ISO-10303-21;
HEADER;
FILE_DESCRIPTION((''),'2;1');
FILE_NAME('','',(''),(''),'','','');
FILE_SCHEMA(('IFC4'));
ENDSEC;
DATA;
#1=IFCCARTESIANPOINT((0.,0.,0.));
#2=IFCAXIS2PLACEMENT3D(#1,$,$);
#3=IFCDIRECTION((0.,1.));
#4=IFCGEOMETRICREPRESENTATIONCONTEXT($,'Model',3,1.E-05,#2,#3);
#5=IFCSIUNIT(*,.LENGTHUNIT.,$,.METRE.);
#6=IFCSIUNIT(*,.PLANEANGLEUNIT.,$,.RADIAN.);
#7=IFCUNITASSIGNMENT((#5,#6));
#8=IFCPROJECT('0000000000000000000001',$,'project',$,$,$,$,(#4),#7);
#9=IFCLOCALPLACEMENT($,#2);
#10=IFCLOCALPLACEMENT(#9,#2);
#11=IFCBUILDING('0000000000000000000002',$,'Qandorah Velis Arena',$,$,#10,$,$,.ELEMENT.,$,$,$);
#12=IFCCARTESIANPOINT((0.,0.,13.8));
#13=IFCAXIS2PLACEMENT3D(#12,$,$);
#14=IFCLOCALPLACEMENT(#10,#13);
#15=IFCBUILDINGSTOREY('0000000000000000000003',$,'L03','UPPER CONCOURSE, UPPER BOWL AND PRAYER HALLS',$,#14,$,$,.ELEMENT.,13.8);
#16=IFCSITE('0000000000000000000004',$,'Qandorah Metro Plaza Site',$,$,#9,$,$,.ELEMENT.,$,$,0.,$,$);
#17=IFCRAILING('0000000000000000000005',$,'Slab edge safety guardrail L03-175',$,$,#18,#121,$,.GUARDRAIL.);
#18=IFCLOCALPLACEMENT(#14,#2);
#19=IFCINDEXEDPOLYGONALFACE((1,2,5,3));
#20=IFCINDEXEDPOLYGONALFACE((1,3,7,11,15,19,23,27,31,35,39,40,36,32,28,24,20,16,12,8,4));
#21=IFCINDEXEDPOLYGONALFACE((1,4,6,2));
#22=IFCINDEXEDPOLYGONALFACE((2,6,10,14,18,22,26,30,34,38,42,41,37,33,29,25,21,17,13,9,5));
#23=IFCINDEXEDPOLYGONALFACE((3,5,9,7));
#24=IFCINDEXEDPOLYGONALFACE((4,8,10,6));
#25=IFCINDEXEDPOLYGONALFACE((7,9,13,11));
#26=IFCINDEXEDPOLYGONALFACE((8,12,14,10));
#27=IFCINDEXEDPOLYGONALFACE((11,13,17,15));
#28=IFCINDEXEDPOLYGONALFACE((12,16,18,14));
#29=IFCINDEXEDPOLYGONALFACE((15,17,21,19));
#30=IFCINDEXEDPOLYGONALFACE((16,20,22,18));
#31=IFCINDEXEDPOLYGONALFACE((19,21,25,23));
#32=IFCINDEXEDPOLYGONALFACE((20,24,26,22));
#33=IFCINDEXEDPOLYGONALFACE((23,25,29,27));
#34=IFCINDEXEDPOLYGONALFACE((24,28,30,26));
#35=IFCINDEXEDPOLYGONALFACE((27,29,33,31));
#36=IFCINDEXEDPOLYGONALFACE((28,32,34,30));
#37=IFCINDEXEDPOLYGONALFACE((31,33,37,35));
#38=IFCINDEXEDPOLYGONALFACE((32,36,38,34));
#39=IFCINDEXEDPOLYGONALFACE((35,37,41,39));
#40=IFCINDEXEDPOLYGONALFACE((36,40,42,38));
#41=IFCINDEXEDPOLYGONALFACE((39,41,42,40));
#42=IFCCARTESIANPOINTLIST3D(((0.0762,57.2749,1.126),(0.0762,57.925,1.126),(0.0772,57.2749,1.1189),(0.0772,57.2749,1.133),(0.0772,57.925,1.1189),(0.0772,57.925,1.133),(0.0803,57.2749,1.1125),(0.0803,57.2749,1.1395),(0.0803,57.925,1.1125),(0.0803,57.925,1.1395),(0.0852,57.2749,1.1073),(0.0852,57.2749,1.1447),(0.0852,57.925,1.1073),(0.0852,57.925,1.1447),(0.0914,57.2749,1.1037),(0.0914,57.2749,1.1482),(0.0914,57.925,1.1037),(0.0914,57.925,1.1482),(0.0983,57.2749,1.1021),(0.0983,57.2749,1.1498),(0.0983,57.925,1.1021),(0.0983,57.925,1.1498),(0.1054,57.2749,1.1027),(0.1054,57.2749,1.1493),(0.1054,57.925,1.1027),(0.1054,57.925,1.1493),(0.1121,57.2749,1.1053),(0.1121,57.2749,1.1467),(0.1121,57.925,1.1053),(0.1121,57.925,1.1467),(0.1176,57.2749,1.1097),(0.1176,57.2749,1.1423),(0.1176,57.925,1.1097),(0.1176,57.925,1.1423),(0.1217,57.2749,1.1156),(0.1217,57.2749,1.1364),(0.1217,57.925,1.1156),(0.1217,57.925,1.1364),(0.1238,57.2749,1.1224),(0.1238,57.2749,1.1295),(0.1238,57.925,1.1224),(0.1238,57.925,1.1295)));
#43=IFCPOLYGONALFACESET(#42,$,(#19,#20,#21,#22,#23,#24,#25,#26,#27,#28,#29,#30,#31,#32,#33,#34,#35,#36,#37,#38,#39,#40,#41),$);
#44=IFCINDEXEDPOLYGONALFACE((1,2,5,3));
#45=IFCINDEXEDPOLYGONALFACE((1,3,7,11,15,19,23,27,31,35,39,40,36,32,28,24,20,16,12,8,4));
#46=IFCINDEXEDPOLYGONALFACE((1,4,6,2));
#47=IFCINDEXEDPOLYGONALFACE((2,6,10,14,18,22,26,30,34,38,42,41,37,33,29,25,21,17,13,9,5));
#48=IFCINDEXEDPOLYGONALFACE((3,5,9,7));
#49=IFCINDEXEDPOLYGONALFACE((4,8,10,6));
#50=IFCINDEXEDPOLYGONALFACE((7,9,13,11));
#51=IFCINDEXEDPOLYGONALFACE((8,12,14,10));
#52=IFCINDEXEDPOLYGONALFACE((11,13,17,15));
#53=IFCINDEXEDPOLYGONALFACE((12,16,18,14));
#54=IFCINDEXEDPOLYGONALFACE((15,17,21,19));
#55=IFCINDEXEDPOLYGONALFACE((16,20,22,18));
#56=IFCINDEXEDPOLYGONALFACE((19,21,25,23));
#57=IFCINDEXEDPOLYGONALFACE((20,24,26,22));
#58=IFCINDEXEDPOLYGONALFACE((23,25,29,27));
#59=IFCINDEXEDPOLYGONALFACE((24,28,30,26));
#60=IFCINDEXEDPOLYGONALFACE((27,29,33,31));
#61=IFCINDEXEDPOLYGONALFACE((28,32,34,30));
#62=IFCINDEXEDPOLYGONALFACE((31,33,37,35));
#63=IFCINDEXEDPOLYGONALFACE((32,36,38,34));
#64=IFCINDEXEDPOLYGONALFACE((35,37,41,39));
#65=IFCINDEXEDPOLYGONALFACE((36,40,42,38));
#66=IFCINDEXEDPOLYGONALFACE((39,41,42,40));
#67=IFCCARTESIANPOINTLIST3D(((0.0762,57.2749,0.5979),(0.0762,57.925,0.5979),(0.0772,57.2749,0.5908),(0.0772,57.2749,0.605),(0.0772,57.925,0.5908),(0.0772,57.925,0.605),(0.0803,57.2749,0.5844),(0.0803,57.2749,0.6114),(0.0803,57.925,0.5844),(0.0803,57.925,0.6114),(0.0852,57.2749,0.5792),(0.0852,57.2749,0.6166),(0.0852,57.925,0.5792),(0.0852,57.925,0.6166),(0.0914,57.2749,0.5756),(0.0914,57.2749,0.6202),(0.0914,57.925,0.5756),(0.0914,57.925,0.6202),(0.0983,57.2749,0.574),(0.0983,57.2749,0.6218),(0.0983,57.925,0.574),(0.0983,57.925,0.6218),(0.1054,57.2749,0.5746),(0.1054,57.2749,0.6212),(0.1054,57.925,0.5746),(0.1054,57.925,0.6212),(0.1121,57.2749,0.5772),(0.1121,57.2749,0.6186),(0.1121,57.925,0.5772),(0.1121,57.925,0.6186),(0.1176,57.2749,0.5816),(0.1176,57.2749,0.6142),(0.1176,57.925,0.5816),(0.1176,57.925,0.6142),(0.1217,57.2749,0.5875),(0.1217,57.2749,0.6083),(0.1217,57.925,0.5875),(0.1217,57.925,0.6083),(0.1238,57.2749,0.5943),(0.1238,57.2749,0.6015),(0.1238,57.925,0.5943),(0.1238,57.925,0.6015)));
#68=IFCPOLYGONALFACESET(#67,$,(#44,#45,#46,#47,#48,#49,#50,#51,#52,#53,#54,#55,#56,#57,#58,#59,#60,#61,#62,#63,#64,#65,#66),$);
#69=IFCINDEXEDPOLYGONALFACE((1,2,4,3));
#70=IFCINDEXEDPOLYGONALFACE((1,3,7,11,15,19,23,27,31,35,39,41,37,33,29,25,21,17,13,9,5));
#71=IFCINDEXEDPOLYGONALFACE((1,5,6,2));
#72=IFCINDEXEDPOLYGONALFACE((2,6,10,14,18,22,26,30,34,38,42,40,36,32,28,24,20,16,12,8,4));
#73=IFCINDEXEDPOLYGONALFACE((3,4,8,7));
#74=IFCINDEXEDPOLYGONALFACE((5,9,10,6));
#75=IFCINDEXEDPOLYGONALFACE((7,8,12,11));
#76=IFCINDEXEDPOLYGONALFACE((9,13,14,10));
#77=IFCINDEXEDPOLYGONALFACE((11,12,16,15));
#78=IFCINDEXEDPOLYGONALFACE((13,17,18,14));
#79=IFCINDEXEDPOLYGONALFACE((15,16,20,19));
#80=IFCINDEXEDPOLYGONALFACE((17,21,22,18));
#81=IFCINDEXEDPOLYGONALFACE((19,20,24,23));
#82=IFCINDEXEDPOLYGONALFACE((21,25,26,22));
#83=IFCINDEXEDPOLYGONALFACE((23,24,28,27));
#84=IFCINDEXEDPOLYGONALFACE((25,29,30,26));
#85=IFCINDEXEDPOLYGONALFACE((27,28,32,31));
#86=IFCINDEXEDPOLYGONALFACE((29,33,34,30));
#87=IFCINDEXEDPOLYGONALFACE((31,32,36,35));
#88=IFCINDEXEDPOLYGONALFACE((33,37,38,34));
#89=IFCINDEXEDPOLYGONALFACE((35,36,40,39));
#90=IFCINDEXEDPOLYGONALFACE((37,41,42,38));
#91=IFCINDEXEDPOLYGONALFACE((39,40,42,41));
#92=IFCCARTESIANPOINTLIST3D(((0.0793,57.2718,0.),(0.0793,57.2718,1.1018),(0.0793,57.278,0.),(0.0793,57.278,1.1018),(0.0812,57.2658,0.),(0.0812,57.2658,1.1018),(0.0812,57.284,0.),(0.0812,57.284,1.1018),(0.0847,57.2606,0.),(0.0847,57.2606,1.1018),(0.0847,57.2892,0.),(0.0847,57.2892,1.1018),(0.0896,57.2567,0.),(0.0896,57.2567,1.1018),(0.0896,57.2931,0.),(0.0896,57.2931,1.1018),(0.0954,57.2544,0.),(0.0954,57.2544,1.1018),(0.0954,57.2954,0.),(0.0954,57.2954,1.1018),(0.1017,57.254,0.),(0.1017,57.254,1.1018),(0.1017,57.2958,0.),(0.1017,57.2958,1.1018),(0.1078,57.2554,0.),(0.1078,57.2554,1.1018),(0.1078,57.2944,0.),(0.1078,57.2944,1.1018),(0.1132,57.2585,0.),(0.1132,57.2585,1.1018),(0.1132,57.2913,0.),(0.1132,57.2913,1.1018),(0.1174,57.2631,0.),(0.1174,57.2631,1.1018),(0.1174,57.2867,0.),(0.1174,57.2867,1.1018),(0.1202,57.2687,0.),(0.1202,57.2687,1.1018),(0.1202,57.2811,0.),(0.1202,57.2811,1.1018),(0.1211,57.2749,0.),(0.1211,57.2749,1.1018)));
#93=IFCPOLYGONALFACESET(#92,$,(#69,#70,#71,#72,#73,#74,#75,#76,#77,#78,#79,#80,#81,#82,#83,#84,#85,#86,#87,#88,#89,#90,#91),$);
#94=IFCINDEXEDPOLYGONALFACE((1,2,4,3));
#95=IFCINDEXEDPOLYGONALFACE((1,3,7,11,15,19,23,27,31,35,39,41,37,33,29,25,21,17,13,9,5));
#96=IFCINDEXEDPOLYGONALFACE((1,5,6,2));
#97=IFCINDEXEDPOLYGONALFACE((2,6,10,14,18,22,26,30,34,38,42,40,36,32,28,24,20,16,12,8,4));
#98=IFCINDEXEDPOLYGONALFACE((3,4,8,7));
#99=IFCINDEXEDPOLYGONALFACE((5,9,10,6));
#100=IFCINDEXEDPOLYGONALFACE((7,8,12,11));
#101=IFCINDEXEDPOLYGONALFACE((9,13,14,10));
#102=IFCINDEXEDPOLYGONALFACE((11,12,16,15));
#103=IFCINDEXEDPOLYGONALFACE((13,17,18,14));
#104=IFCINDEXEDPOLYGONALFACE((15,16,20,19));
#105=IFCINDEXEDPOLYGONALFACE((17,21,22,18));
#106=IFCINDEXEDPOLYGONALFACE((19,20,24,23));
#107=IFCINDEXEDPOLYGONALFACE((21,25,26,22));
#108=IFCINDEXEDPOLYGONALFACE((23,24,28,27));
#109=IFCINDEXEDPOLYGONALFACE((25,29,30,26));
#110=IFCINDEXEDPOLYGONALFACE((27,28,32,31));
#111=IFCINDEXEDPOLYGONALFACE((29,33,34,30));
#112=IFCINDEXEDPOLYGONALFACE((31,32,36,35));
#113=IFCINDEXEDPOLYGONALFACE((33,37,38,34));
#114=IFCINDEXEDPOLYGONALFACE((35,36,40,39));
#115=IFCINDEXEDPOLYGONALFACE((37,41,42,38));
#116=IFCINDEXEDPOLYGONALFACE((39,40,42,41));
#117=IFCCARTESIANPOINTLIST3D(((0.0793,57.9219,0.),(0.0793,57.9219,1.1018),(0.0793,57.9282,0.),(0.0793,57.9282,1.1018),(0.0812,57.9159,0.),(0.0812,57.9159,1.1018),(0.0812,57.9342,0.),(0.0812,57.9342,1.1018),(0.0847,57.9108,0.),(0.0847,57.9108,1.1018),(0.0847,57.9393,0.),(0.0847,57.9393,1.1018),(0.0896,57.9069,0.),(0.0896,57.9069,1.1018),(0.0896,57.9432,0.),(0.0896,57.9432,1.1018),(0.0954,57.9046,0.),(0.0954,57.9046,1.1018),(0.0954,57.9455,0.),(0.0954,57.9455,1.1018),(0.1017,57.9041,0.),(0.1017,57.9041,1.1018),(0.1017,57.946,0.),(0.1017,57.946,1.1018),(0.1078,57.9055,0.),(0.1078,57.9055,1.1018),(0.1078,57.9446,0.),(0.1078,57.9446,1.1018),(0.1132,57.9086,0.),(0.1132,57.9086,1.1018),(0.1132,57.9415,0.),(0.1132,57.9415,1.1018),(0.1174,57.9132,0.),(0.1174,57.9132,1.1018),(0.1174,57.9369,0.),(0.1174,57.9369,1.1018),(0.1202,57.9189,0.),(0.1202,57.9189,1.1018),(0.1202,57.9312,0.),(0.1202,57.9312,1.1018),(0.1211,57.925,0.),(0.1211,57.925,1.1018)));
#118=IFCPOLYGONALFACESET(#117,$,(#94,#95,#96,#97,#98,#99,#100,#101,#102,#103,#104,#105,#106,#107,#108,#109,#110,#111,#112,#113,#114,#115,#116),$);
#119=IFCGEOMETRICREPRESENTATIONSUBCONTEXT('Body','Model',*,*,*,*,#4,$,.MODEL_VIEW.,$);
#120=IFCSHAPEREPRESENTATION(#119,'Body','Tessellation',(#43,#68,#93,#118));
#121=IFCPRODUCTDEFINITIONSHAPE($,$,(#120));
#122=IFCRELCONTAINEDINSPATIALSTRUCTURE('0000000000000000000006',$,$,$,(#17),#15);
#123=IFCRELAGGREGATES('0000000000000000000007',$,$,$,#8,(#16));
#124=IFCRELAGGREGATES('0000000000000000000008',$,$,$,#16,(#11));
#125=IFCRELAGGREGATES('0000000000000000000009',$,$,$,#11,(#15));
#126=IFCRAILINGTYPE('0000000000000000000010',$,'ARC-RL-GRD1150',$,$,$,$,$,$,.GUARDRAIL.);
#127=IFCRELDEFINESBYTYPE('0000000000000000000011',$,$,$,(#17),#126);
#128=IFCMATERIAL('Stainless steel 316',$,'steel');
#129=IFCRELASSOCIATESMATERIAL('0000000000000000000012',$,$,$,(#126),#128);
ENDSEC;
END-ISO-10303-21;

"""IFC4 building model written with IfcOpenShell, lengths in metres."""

from ifc_helpers import new_model, si_unit, direction, frame, origin, origin_2d, place, context, subcontext, project, spatial, circle, extrude, material, type_object, element, save


model = new_model("IFC4")

# Units and contexts
model_context = context("Model", 3, precision=1e-05, world=origin(), true_north=direction((0.0, 1.0)))
body_context = subcontext(model_context, "Body", "Model", "MODEL_VIEW")
ifc_project = project(units=[si_unit("LENGTHUNIT", "METRE"), si_unit("PLANEANGLEUNIT", "RADIAN")], contexts=[model_context])

# Site, building, storey
site_placement = place(None, origin())
site = spatial("IfcSite", under=ifc_project, at=site_placement, Name="Qandorah Metro Plaza Site", CompositionType="ELEMENT", RefElevation=0.0)
building_placement = place(site_placement, origin())
building = spatial("IfcBuilding", under=site, at=building_placement, Name="Qandorah Velis Arena", CompositionType="ELEMENT")
storey_placement = place(building_placement, frame((0.0, 0.0, 13.8)))
storey = spatial("IfcBuildingStorey", under=building, at=storey_placement, Name="L03", Description="UPPER CONCOURSE, UPPER BOWL AND PRAYER HALLS", CompositionType="ELEMENT", Elevation=13.8)

# Railing
ifc_material_1 = material(Name="Stainless steel 316", Category="steel")
railing_type = type_object("IfcRailingType", Name="ARC-RL-GRD1150", PredefinedType="GUARDRAIL", material=ifc_material_1)
railing_1_placement = place(storey_placement, frame((0.1001, 57.2749, 0.0)))
element("IfcRailing", 1, at=railing_1_placement, inside=storey, type_object=railing_type, Name="Slab edge safety guardrail L03-175", PredefinedType="GUARDRAIL", context=body_context, shape_type="SweptSolid", body=[
    extrude(circle(Radius=0.0239, at=origin_2d()), frame((0.0, 0.0, 1.126), z_axis=(0.0, 1.0, 0.0), x_axis=(-1.0, 0.0, 0.0)), (0.0, 0.0, 1.0), 0.6501),
    extrude(circle(Radius=0.0239, at=origin_2d()), frame((0.0, 0.0, 0.5979), z_axis=(0.0, 1.0, 0.0), x_axis=(-1.0, 0.0, 0.0)), (0.0, 0.0, 1.0), 0.6501),
    extrude(circle(Radius=0.021, at=origin_2d()), origin(), (0.0, 0.0, 1.0), 1.1018),
    extrude(circle(Radius=0.021, at=origin_2d()), frame((0.0, 0.6501, 0.0)), (0.0, 0.0, 1.0), 1.1018),
])

save(model, "model.ifc")
